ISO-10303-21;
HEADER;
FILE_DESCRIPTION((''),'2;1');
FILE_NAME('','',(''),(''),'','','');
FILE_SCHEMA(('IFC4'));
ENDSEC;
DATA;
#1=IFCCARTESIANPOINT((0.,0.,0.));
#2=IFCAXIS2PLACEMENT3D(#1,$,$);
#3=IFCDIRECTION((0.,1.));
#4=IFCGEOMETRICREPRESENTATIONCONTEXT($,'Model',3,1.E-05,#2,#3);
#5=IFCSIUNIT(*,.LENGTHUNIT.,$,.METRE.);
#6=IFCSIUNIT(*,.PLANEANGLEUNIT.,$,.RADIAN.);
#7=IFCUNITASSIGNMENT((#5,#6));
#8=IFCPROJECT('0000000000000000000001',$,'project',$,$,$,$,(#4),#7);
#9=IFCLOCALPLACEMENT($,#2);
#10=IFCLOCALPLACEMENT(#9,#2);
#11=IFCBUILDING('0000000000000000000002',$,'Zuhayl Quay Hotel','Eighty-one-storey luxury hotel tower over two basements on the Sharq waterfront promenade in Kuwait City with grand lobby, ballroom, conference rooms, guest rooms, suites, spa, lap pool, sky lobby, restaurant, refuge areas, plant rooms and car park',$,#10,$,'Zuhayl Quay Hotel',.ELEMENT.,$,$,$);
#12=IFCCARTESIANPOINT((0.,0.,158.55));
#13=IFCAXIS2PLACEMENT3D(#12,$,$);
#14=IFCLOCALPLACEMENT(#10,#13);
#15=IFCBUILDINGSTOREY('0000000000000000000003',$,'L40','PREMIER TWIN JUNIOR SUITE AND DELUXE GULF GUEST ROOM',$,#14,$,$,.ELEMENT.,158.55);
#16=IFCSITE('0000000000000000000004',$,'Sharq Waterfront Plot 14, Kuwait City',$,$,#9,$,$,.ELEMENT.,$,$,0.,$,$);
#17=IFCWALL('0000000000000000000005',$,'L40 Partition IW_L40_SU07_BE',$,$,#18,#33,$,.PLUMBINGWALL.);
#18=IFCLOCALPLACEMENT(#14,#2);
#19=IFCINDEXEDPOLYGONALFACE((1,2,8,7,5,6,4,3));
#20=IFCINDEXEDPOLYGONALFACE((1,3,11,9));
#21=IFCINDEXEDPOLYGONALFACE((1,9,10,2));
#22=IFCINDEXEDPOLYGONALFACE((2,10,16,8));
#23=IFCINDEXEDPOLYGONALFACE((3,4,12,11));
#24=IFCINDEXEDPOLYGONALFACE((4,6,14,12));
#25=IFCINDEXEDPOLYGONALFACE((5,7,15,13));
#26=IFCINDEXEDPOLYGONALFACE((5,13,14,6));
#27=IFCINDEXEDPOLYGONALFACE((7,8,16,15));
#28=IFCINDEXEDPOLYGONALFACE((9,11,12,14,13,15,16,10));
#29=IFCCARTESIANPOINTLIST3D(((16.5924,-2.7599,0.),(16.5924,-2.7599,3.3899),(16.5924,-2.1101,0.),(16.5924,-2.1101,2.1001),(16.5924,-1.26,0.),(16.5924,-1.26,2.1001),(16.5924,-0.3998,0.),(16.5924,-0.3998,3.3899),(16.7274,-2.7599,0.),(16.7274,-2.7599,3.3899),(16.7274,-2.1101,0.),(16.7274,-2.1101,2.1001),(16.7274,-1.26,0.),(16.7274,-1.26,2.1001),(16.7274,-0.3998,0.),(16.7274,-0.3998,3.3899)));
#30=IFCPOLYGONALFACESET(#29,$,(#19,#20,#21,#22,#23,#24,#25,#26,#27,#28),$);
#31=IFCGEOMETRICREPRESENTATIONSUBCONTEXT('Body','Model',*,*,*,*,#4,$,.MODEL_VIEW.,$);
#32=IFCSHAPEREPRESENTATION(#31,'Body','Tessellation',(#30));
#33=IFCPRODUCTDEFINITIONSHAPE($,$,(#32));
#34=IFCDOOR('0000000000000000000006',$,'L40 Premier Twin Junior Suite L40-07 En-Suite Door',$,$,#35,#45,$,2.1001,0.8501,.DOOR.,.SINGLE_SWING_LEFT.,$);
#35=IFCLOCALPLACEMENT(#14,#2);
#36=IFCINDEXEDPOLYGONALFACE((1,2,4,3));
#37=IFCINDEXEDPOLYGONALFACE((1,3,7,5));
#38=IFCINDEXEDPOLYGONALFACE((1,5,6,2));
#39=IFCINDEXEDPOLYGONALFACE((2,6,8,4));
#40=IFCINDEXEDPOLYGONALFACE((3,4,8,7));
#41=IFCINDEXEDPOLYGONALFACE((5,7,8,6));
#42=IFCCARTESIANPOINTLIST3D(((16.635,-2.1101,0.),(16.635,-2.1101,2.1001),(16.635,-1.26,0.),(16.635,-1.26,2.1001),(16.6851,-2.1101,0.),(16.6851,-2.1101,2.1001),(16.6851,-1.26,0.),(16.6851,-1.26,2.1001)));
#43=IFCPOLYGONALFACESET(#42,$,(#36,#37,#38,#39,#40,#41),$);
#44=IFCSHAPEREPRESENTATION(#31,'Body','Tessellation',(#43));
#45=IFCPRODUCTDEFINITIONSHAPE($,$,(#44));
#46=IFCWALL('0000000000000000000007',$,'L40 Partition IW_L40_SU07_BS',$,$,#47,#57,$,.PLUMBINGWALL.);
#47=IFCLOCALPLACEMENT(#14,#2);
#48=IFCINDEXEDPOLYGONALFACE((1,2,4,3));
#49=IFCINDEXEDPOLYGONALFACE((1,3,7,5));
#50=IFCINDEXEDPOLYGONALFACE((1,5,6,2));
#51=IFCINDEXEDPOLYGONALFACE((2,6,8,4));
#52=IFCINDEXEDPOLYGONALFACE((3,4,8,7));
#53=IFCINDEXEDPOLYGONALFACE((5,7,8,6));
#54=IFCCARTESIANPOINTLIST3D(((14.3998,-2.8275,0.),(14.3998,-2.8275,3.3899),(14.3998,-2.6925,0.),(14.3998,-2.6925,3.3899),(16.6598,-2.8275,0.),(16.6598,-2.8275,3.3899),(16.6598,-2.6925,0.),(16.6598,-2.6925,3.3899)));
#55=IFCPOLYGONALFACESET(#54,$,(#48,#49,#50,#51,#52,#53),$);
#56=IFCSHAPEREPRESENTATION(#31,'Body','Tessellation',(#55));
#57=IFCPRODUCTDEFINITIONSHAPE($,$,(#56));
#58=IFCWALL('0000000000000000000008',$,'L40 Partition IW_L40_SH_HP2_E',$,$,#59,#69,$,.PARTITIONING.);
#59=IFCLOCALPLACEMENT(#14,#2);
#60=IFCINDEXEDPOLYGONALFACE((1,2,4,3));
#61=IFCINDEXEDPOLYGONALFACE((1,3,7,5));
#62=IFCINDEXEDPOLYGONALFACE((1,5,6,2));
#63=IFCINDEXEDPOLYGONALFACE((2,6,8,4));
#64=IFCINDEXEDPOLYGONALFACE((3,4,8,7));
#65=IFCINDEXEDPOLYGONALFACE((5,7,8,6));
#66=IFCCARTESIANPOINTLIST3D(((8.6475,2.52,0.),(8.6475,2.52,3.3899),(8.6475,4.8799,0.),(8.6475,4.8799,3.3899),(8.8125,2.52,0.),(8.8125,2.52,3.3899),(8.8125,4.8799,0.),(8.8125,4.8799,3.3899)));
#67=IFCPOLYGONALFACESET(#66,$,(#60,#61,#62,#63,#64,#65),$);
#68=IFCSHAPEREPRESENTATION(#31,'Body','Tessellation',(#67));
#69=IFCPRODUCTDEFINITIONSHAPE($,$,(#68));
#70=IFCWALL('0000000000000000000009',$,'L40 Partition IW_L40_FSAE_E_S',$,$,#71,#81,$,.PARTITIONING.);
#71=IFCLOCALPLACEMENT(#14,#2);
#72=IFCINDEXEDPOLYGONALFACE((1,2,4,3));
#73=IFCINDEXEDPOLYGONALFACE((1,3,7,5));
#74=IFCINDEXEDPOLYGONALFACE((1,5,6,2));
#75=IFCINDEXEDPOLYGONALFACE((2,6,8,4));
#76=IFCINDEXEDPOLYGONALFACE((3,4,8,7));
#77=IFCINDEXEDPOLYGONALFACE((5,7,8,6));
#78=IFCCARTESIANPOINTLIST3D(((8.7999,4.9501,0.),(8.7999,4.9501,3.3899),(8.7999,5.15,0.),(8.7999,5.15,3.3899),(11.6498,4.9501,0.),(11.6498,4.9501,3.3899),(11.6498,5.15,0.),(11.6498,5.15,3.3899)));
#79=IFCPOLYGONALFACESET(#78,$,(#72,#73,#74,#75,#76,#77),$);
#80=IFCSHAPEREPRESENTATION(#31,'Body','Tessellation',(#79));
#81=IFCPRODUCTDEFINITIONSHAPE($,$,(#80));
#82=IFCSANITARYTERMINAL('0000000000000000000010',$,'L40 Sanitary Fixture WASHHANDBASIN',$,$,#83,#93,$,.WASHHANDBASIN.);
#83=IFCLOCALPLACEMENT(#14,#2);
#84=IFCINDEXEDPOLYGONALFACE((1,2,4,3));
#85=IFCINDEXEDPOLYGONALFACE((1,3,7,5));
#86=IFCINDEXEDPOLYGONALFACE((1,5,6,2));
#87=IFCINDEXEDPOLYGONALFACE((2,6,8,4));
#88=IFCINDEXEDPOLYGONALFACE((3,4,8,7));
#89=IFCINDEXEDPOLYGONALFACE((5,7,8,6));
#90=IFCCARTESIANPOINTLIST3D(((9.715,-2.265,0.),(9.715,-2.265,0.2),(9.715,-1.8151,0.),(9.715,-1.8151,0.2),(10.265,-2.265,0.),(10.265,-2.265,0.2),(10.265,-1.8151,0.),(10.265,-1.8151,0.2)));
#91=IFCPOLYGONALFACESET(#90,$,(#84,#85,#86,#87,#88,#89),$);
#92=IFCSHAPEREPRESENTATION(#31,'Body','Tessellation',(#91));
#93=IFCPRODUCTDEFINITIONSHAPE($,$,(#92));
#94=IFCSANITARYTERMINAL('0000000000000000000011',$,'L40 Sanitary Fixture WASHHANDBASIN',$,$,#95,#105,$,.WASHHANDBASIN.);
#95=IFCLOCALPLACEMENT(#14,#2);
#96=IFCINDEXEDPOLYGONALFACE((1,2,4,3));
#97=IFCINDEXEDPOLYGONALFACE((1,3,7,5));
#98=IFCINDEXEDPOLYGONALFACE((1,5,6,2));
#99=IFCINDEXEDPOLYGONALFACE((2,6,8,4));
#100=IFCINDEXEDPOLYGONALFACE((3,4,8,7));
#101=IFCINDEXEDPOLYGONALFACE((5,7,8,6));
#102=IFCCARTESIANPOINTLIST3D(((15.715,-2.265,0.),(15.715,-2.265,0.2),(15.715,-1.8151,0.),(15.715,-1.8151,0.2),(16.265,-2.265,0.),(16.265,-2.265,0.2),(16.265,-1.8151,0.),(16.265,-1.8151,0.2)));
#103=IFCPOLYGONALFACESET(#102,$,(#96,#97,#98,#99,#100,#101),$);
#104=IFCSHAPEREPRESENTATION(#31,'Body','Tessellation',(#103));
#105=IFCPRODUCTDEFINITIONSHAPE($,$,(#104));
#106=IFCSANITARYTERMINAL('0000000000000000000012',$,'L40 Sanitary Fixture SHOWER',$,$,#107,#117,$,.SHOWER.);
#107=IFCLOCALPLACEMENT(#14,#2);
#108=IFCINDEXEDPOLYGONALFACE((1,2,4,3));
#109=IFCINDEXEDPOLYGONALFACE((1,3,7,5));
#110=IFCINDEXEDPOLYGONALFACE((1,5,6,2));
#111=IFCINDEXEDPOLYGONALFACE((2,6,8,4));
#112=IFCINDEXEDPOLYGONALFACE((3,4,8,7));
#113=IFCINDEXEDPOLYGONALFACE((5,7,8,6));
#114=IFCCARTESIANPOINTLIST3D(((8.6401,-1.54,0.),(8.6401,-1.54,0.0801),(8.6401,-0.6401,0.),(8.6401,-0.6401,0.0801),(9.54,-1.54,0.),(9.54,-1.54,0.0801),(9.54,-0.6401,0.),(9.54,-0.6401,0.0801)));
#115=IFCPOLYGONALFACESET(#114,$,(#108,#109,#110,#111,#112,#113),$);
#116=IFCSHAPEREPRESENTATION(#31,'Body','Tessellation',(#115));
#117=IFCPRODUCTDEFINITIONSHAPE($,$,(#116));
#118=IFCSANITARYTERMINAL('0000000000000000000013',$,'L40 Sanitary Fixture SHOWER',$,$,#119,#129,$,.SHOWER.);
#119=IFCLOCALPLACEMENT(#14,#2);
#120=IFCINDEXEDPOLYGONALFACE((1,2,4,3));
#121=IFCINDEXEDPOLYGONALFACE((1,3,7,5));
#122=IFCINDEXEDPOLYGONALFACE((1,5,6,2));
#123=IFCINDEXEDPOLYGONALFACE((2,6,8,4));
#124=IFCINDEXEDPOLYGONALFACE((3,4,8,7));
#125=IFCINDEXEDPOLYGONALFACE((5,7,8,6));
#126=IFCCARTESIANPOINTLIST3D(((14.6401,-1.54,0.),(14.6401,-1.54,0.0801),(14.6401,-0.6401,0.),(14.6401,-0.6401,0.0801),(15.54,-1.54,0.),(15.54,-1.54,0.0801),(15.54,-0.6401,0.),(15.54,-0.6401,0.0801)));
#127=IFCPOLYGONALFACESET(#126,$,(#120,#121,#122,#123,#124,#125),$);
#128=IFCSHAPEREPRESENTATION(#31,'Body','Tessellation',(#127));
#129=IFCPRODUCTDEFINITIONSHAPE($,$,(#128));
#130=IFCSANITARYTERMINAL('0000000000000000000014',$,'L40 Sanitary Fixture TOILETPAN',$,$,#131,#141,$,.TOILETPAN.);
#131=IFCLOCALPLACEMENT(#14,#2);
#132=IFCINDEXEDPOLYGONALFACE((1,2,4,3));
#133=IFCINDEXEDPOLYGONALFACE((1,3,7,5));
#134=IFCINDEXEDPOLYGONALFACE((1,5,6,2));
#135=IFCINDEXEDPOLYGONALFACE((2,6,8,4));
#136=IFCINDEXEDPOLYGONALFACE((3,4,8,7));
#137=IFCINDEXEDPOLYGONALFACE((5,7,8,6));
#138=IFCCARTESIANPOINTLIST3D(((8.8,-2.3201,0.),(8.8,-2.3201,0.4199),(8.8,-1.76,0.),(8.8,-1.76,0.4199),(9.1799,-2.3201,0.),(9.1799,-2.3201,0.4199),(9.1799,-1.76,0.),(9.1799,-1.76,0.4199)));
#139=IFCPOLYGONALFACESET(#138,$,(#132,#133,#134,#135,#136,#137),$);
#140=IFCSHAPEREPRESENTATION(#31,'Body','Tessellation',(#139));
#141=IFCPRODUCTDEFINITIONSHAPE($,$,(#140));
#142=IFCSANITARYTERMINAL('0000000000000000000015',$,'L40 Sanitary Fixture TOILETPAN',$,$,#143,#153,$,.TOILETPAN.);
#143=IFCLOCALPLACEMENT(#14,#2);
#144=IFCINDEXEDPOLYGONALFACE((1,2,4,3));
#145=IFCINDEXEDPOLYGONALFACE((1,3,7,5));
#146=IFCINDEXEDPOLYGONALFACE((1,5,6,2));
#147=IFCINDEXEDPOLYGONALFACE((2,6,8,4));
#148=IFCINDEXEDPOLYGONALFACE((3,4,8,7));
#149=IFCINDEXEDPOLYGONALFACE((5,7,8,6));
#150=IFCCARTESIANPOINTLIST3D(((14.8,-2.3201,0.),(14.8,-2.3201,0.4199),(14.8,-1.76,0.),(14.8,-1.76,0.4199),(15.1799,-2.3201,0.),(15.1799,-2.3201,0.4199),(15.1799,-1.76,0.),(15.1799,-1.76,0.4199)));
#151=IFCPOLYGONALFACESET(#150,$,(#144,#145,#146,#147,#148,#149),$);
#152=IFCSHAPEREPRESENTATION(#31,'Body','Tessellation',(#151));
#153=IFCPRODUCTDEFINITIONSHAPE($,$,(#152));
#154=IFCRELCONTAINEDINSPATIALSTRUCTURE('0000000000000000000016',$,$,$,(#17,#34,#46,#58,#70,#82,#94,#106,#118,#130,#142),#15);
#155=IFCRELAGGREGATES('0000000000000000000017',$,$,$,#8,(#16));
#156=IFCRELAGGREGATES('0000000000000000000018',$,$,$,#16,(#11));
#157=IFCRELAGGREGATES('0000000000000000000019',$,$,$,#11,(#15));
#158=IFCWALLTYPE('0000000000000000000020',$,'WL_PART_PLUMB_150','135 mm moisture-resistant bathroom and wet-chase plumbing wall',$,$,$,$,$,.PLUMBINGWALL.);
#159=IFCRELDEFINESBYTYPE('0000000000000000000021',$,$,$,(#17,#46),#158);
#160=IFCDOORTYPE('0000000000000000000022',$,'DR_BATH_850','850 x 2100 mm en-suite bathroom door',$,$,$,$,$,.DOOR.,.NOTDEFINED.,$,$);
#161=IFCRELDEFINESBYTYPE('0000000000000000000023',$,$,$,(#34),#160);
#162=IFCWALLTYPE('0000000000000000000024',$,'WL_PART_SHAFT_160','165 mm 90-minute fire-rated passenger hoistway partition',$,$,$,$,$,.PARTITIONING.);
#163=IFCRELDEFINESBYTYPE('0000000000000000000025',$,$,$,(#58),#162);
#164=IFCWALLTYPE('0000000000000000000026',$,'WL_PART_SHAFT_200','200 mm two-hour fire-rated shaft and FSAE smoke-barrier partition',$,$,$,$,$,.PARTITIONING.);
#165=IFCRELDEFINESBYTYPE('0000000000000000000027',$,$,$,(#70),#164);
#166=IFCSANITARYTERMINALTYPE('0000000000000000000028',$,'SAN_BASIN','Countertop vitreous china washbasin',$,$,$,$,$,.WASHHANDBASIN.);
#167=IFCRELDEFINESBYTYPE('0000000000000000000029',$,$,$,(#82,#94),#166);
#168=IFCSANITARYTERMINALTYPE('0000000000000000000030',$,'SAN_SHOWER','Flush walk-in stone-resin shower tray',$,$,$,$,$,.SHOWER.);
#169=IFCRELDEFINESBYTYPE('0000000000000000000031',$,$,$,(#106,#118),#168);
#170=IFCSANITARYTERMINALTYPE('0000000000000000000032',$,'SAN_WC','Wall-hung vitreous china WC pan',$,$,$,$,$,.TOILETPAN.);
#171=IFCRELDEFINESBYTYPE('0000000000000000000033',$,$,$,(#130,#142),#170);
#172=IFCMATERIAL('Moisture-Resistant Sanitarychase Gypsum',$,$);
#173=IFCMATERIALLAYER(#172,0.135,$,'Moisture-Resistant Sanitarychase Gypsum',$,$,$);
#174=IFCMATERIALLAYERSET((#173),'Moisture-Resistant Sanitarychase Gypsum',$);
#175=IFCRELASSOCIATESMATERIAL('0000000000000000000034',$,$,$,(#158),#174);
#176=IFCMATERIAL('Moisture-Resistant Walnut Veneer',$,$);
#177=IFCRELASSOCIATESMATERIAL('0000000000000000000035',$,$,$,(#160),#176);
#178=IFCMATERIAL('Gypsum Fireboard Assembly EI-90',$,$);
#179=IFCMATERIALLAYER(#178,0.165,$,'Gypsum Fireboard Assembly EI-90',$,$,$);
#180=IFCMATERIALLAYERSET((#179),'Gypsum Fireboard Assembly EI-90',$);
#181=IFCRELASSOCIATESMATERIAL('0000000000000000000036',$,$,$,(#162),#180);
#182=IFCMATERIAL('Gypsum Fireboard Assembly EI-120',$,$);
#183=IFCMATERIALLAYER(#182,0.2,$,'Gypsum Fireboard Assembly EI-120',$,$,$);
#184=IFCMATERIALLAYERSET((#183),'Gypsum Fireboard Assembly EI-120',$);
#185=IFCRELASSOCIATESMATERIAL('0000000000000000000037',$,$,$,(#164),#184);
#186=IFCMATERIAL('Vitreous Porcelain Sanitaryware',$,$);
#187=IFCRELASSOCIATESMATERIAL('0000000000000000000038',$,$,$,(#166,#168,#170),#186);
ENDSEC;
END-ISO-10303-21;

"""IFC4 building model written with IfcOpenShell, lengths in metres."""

from ifc_helpers import new_model, si_unit, direction, frame, frame_2d, origin, origin_2d, place, context, subcontext, project, spatial, rectangle, extrude, material, layer, layer_set, type_object, element, fill, save


model = new_model("IFC4")

# Units and contexts
model_context = context("Model", 3, precision=1e-05, world=origin(), true_north=direction((0.0, 1.0)))
body_context = subcontext(model_context, "Body", "Model", "MODEL_VIEW")
ifc_project = project(units=[si_unit("LENGTHUNIT", "METRE"), si_unit("PLANEANGLEUNIT", "RADIAN")], contexts=[model_context])

# Site, building, storey
site_placement = place(None, origin())
site = spatial("IfcSite", under=ifc_project, at=site_placement, Name="Sharq Waterfront Plot 14, Kuwait City", CompositionType="ELEMENT", RefElevation=0.0)
building_placement = place(site_placement, origin())
building = spatial("IfcBuilding", under=site, at=building_placement, Name="Zuhayl Quay Hotel", Description="Eighty-one-storey luxury hotel tower over two basements on the Sharq waterfront promenade in Kuwait City with grand lobby, ballroom, conference rooms, guest rooms, suites, spa, lap pool, sky lobby, restaurant, refuge areas, plant rooms and car park", LongName="Zuhayl Quay Hotel", CompositionType="ELEMENT")
storey_placement = place(building_placement, frame((0.0, 0.0, 158.55)))
storey = spatial("IfcBuildingStorey", under=building, at=storey_placement, Name="L40", Description="PREMIER TWIN JUNIOR SUITE AND DELUXE GULF GUEST ROOM", CompositionType="ELEMENT", Elevation=158.55)

# Wall, opening, door
ifc_material_1 = material(Name="Moisture-Resistant Sanitarychase Gypsum")
ifc_layer_1 = layer(ifc_material_1, 0.135, Name="Moisture-Resistant Sanitarychase Gypsum")
ifc_layer_set_1 = layer_set([ifc_layer_1], Name="Moisture-Resistant Sanitarychase Gypsum")
wall_type_1 = type_object("IfcWallType", Name="WL_PART_PLUMB_150", Description="135 mm moisture-resistant bathroom and wet-chase plumbing wall", PredefinedType="PLUMBINGWALL", material=ifc_layer_set_1)
ifc_material_2 = material(Name="Moisture-Resistant Walnut Veneer")
door_type_1 = type_object("IfcDoorType", Name="DR_BATH_850", Description="850 x 2100 mm en-suite bathroom door", OperationType="NOTDEFINED", PredefinedType="DOOR", material=ifc_material_2)
wall_1_placement = place(storey_placement, frame((16.6599, -2.76, 0.0), z_axis=(0.0, 0.0, 1.0), x_axis=(0.0, 1.0, 0.0)))
wall_1 = element("IfcWall", 1, at=wall_1_placement, inside=storey, type_object=wall_type_1, Name="L40 Partition IW_L40_SU07_BE", PredefinedType="PLUMBINGWALL", context=body_context, shape_type="SweptSolid", body=[
    extrude(rectangle(XDim=2.3601, YDim=0.135, at=frame_2d((1.1802, 0.0))), origin(), (0.0, 0.0, 1.0), 3.3899),
])
opening_1_placement = place(wall_1_placement, frame((0.6499, 0.0, 0.0)))
opening_1 = element("IfcOpeningElement", 2, at=opening_1_placement, cuts=wall_1, PredefinedType="OPENING", context=body_context, shape_type="SweptSolid", body=[
    extrude(rectangle(XDim=0.8501, YDim=2.1001, at=frame_2d((0.425, 1.05))), frame((0.0, 0.0774, 0.0), z_axis=(0.0, -1.0, 0.0), x_axis=(1.0, 0.0, 0.0)), (0.0, 0.0, 1.0), 0.155),
])
door_1_placement = place(opening_1_placement, origin())
door_1 = element("IfcDoor", 3, at=door_1_placement, inside=storey, type_object=door_type_1, Name="L40 Premier Twin Junior Suite L40-07 En-Suite Door", OperationType="SINGLE_SWING_LEFT", OverallHeight=2.1001, OverallWidth=0.8501, PredefinedType="DOOR", context=body_context, shape_type="SweptSolid", body=[
    extrude(rectangle(XDim=0.8501, YDim=2.1001, at=frame_2d((0.425, 1.05))), frame((0.0, 0.0249, 0.0), z_axis=(0.0, -1.0, 0.0), x_axis=(1.0, 0.0, 0.0)), (0.0, 0.0, 1.0), 0.05),
])
fill(opening_1, door_1)

# Walls
wall_2_placement = place(storey_placement, frame((14.3999, -2.76, 0.0), z_axis=(0.0, 0.0, 1.0), x_axis=(1.0, 0.0, 0.0)))
element("IfcWall", 4, at=wall_2_placement, inside=storey, type_object=wall_type_1, Name="L40 Partition IW_L40_SU07_BS", PredefinedType="PLUMBINGWALL", context=body_context, shape_type="SweptSolid", body=[
    extrude(rectangle(XDim=2.26, YDim=0.135, at=frame_2d((1.1299, 0.0))), origin(), (0.0, 0.0, 1.0), 3.3899),
])
ifc_material_3 = material(Name="Gypsum Fireboard Assembly EI-90")
ifc_layer_2 = layer(ifc_material_3, 0.165, Name="Gypsum Fireboard Assembly EI-90")
ifc_layer_set_2 = layer_set([ifc_layer_2], Name="Gypsum Fireboard Assembly EI-90")
wall_type_2 = type_object("IfcWallType", Name="WL_PART_SHAFT_160", Description="165 mm 90-minute fire-rated passenger hoistway partition", PredefinedType="PARTITIONING", material=ifc_layer_set_2)
wall_3_placement = place(storey_placement, frame((8.73, 2.52, 0.0), z_axis=(0.0, 0.0, 1.0), x_axis=(0.0, 1.0, 0.0)))
element("IfcWall", 5, at=wall_3_placement, inside=storey, type_object=wall_type_2, Name="L40 Partition IW_L40_SH_HP2_E", PredefinedType="PARTITIONING", context=body_context, shape_type="SweptSolid", body=[
    extrude(rectangle(XDim=2.3599, YDim=0.165, at=frame_2d((1.1799, 0.0))), origin(), (0.0, 0.0, 1.0), 3.3899),
])
ifc_material_4 = material(Name="Gypsum Fireboard Assembly EI-120")
ifc_layer_3 = layer(ifc_material_4, 0.2, Name="Gypsum Fireboard Assembly EI-120")
ifc_layer_set_3 = layer_set([ifc_layer_3], Name="Gypsum Fireboard Assembly EI-120")
wall_type_3 = type_object("IfcWallType", Name="WL_PART_SHAFT_200", Description="200 mm two-hour fire-rated shaft and FSAE smoke-barrier partition", PredefinedType="PARTITIONING", material=ifc_layer_set_3)
wall_4_placement = place(storey_placement, frame((8.8, 5.05, 0.0), z_axis=(0.0, 0.0, 1.0), x_axis=(1.0, 0.0, 0.0)))
element("IfcWall", 6, at=wall_4_placement, inside=storey, type_object=wall_type_3, Name="L40 Partition IW_L40_FSAE_E_S", PredefinedType="PARTITIONING", context=body_context, shape_type="SweptSolid", body=[
    extrude(rectangle(XDim=2.8499, YDim=0.2, at=frame_2d((1.4248, 0.0))), origin(), (0.0, 0.0, 1.0), 3.3899),
])

# Sanitary terminals
ifc_material_5 = material(Name="Vitreous Porcelain Sanitaryware")
sanitary_terminal_type_1 = type_object("IfcSanitaryTerminalType", Name="SAN_BASIN", Description="Countertop vitreous china washbasin", PredefinedType="WASHHANDBASIN", material=ifc_material_5)
for number, where, z_axis, x_axis, name in (
    (7, (9.99, -2.04, 0.0), (0.0, 0.0, 1.0), (1.0, 0.0, 0.0), "L40 Sanitary Fixture WASHHANDBASIN"),
    (8, (15.99, -2.04, 0.0), (0.0, 0.0, 1.0), (1.0, 0.0, 0.0), "L40 Sanitary Fixture WASHHANDBASIN"),
):
    element("IfcSanitaryTerminal", number, at=place(storey_placement, frame(where, z_axis=z_axis, x_axis=x_axis)), inside=storey, type_object=sanitary_terminal_type_1, Name=name, PredefinedType="WASHHANDBASIN", context=body_context, shape_type="SweptSolid", body=[
        extrude(rectangle(XDim=0.55, YDim=0.45, at=origin_2d()), origin(), (0.0, 0.0, 1.0), 0.2),
    ])
sanitary_terminal_type_2 = type_object("IfcSanitaryTerminalType", Name="SAN_SHOWER", Description="Flush walk-in stone-resin shower tray", PredefinedType="SHOWER", material=ifc_material_5)
for number, where, z_axis, x_axis, name in (
    (9, (9.0901, -1.0901, 0.0), (0.0, 0.0, 1.0), (1.0, 0.0, 0.0), "L40 Sanitary Fixture SHOWER"),
    (10, (15.0901, -1.0901, 0.0), (0.0, 0.0, 1.0), (1.0, 0.0, 0.0), "L40 Sanitary Fixture SHOWER"),
):
    element("IfcSanitaryTerminal", number, at=place(storey_placement, frame(where, z_axis=z_axis, x_axis=x_axis)), inside=storey, type_object=sanitary_terminal_type_2, Name=name, PredefinedType="SHOWER", context=body_context, shape_type="SweptSolid", body=[
        extrude(rectangle(XDim=0.8999, YDim=0.8999, at=origin_2d()), origin(), (0.0, 0.0, 1.0), 0.0801),
    ])
sanitary_terminal_type_3 = type_object("IfcSanitaryTerminalType", Name="SAN_WC", Description="Wall-hung vitreous china WC pan", PredefinedType="TOILETPAN", material=ifc_material_5)
for number, where, z_axis, x_axis, name in (
    (11, (8.99, -2.04, 0.0), (0.0, 0.0, 1.0), (1.0, 0.0, 0.0), "L40 Sanitary Fixture TOILETPAN"),
    (12, (14.99, -2.04, 0.0), (0.0, 0.0, 1.0), (1.0, 0.0, 0.0), "L40 Sanitary Fixture TOILETPAN"),
):
    element("IfcSanitaryTerminal", number, at=place(storey_placement, frame(where, z_axis=z_axis, x_axis=x_axis)), inside=storey, type_object=sanitary_terminal_type_3, Name=name, PredefinedType="TOILETPAN", context=body_context, shape_type="SweptSolid", body=[
        extrude(rectangle(XDim=0.3799, YDim=0.5601, at=origin_2d()), origin(), (0.0, 0.0, 1.0), 0.4199),
    ])

save(model, "model.ifc")
